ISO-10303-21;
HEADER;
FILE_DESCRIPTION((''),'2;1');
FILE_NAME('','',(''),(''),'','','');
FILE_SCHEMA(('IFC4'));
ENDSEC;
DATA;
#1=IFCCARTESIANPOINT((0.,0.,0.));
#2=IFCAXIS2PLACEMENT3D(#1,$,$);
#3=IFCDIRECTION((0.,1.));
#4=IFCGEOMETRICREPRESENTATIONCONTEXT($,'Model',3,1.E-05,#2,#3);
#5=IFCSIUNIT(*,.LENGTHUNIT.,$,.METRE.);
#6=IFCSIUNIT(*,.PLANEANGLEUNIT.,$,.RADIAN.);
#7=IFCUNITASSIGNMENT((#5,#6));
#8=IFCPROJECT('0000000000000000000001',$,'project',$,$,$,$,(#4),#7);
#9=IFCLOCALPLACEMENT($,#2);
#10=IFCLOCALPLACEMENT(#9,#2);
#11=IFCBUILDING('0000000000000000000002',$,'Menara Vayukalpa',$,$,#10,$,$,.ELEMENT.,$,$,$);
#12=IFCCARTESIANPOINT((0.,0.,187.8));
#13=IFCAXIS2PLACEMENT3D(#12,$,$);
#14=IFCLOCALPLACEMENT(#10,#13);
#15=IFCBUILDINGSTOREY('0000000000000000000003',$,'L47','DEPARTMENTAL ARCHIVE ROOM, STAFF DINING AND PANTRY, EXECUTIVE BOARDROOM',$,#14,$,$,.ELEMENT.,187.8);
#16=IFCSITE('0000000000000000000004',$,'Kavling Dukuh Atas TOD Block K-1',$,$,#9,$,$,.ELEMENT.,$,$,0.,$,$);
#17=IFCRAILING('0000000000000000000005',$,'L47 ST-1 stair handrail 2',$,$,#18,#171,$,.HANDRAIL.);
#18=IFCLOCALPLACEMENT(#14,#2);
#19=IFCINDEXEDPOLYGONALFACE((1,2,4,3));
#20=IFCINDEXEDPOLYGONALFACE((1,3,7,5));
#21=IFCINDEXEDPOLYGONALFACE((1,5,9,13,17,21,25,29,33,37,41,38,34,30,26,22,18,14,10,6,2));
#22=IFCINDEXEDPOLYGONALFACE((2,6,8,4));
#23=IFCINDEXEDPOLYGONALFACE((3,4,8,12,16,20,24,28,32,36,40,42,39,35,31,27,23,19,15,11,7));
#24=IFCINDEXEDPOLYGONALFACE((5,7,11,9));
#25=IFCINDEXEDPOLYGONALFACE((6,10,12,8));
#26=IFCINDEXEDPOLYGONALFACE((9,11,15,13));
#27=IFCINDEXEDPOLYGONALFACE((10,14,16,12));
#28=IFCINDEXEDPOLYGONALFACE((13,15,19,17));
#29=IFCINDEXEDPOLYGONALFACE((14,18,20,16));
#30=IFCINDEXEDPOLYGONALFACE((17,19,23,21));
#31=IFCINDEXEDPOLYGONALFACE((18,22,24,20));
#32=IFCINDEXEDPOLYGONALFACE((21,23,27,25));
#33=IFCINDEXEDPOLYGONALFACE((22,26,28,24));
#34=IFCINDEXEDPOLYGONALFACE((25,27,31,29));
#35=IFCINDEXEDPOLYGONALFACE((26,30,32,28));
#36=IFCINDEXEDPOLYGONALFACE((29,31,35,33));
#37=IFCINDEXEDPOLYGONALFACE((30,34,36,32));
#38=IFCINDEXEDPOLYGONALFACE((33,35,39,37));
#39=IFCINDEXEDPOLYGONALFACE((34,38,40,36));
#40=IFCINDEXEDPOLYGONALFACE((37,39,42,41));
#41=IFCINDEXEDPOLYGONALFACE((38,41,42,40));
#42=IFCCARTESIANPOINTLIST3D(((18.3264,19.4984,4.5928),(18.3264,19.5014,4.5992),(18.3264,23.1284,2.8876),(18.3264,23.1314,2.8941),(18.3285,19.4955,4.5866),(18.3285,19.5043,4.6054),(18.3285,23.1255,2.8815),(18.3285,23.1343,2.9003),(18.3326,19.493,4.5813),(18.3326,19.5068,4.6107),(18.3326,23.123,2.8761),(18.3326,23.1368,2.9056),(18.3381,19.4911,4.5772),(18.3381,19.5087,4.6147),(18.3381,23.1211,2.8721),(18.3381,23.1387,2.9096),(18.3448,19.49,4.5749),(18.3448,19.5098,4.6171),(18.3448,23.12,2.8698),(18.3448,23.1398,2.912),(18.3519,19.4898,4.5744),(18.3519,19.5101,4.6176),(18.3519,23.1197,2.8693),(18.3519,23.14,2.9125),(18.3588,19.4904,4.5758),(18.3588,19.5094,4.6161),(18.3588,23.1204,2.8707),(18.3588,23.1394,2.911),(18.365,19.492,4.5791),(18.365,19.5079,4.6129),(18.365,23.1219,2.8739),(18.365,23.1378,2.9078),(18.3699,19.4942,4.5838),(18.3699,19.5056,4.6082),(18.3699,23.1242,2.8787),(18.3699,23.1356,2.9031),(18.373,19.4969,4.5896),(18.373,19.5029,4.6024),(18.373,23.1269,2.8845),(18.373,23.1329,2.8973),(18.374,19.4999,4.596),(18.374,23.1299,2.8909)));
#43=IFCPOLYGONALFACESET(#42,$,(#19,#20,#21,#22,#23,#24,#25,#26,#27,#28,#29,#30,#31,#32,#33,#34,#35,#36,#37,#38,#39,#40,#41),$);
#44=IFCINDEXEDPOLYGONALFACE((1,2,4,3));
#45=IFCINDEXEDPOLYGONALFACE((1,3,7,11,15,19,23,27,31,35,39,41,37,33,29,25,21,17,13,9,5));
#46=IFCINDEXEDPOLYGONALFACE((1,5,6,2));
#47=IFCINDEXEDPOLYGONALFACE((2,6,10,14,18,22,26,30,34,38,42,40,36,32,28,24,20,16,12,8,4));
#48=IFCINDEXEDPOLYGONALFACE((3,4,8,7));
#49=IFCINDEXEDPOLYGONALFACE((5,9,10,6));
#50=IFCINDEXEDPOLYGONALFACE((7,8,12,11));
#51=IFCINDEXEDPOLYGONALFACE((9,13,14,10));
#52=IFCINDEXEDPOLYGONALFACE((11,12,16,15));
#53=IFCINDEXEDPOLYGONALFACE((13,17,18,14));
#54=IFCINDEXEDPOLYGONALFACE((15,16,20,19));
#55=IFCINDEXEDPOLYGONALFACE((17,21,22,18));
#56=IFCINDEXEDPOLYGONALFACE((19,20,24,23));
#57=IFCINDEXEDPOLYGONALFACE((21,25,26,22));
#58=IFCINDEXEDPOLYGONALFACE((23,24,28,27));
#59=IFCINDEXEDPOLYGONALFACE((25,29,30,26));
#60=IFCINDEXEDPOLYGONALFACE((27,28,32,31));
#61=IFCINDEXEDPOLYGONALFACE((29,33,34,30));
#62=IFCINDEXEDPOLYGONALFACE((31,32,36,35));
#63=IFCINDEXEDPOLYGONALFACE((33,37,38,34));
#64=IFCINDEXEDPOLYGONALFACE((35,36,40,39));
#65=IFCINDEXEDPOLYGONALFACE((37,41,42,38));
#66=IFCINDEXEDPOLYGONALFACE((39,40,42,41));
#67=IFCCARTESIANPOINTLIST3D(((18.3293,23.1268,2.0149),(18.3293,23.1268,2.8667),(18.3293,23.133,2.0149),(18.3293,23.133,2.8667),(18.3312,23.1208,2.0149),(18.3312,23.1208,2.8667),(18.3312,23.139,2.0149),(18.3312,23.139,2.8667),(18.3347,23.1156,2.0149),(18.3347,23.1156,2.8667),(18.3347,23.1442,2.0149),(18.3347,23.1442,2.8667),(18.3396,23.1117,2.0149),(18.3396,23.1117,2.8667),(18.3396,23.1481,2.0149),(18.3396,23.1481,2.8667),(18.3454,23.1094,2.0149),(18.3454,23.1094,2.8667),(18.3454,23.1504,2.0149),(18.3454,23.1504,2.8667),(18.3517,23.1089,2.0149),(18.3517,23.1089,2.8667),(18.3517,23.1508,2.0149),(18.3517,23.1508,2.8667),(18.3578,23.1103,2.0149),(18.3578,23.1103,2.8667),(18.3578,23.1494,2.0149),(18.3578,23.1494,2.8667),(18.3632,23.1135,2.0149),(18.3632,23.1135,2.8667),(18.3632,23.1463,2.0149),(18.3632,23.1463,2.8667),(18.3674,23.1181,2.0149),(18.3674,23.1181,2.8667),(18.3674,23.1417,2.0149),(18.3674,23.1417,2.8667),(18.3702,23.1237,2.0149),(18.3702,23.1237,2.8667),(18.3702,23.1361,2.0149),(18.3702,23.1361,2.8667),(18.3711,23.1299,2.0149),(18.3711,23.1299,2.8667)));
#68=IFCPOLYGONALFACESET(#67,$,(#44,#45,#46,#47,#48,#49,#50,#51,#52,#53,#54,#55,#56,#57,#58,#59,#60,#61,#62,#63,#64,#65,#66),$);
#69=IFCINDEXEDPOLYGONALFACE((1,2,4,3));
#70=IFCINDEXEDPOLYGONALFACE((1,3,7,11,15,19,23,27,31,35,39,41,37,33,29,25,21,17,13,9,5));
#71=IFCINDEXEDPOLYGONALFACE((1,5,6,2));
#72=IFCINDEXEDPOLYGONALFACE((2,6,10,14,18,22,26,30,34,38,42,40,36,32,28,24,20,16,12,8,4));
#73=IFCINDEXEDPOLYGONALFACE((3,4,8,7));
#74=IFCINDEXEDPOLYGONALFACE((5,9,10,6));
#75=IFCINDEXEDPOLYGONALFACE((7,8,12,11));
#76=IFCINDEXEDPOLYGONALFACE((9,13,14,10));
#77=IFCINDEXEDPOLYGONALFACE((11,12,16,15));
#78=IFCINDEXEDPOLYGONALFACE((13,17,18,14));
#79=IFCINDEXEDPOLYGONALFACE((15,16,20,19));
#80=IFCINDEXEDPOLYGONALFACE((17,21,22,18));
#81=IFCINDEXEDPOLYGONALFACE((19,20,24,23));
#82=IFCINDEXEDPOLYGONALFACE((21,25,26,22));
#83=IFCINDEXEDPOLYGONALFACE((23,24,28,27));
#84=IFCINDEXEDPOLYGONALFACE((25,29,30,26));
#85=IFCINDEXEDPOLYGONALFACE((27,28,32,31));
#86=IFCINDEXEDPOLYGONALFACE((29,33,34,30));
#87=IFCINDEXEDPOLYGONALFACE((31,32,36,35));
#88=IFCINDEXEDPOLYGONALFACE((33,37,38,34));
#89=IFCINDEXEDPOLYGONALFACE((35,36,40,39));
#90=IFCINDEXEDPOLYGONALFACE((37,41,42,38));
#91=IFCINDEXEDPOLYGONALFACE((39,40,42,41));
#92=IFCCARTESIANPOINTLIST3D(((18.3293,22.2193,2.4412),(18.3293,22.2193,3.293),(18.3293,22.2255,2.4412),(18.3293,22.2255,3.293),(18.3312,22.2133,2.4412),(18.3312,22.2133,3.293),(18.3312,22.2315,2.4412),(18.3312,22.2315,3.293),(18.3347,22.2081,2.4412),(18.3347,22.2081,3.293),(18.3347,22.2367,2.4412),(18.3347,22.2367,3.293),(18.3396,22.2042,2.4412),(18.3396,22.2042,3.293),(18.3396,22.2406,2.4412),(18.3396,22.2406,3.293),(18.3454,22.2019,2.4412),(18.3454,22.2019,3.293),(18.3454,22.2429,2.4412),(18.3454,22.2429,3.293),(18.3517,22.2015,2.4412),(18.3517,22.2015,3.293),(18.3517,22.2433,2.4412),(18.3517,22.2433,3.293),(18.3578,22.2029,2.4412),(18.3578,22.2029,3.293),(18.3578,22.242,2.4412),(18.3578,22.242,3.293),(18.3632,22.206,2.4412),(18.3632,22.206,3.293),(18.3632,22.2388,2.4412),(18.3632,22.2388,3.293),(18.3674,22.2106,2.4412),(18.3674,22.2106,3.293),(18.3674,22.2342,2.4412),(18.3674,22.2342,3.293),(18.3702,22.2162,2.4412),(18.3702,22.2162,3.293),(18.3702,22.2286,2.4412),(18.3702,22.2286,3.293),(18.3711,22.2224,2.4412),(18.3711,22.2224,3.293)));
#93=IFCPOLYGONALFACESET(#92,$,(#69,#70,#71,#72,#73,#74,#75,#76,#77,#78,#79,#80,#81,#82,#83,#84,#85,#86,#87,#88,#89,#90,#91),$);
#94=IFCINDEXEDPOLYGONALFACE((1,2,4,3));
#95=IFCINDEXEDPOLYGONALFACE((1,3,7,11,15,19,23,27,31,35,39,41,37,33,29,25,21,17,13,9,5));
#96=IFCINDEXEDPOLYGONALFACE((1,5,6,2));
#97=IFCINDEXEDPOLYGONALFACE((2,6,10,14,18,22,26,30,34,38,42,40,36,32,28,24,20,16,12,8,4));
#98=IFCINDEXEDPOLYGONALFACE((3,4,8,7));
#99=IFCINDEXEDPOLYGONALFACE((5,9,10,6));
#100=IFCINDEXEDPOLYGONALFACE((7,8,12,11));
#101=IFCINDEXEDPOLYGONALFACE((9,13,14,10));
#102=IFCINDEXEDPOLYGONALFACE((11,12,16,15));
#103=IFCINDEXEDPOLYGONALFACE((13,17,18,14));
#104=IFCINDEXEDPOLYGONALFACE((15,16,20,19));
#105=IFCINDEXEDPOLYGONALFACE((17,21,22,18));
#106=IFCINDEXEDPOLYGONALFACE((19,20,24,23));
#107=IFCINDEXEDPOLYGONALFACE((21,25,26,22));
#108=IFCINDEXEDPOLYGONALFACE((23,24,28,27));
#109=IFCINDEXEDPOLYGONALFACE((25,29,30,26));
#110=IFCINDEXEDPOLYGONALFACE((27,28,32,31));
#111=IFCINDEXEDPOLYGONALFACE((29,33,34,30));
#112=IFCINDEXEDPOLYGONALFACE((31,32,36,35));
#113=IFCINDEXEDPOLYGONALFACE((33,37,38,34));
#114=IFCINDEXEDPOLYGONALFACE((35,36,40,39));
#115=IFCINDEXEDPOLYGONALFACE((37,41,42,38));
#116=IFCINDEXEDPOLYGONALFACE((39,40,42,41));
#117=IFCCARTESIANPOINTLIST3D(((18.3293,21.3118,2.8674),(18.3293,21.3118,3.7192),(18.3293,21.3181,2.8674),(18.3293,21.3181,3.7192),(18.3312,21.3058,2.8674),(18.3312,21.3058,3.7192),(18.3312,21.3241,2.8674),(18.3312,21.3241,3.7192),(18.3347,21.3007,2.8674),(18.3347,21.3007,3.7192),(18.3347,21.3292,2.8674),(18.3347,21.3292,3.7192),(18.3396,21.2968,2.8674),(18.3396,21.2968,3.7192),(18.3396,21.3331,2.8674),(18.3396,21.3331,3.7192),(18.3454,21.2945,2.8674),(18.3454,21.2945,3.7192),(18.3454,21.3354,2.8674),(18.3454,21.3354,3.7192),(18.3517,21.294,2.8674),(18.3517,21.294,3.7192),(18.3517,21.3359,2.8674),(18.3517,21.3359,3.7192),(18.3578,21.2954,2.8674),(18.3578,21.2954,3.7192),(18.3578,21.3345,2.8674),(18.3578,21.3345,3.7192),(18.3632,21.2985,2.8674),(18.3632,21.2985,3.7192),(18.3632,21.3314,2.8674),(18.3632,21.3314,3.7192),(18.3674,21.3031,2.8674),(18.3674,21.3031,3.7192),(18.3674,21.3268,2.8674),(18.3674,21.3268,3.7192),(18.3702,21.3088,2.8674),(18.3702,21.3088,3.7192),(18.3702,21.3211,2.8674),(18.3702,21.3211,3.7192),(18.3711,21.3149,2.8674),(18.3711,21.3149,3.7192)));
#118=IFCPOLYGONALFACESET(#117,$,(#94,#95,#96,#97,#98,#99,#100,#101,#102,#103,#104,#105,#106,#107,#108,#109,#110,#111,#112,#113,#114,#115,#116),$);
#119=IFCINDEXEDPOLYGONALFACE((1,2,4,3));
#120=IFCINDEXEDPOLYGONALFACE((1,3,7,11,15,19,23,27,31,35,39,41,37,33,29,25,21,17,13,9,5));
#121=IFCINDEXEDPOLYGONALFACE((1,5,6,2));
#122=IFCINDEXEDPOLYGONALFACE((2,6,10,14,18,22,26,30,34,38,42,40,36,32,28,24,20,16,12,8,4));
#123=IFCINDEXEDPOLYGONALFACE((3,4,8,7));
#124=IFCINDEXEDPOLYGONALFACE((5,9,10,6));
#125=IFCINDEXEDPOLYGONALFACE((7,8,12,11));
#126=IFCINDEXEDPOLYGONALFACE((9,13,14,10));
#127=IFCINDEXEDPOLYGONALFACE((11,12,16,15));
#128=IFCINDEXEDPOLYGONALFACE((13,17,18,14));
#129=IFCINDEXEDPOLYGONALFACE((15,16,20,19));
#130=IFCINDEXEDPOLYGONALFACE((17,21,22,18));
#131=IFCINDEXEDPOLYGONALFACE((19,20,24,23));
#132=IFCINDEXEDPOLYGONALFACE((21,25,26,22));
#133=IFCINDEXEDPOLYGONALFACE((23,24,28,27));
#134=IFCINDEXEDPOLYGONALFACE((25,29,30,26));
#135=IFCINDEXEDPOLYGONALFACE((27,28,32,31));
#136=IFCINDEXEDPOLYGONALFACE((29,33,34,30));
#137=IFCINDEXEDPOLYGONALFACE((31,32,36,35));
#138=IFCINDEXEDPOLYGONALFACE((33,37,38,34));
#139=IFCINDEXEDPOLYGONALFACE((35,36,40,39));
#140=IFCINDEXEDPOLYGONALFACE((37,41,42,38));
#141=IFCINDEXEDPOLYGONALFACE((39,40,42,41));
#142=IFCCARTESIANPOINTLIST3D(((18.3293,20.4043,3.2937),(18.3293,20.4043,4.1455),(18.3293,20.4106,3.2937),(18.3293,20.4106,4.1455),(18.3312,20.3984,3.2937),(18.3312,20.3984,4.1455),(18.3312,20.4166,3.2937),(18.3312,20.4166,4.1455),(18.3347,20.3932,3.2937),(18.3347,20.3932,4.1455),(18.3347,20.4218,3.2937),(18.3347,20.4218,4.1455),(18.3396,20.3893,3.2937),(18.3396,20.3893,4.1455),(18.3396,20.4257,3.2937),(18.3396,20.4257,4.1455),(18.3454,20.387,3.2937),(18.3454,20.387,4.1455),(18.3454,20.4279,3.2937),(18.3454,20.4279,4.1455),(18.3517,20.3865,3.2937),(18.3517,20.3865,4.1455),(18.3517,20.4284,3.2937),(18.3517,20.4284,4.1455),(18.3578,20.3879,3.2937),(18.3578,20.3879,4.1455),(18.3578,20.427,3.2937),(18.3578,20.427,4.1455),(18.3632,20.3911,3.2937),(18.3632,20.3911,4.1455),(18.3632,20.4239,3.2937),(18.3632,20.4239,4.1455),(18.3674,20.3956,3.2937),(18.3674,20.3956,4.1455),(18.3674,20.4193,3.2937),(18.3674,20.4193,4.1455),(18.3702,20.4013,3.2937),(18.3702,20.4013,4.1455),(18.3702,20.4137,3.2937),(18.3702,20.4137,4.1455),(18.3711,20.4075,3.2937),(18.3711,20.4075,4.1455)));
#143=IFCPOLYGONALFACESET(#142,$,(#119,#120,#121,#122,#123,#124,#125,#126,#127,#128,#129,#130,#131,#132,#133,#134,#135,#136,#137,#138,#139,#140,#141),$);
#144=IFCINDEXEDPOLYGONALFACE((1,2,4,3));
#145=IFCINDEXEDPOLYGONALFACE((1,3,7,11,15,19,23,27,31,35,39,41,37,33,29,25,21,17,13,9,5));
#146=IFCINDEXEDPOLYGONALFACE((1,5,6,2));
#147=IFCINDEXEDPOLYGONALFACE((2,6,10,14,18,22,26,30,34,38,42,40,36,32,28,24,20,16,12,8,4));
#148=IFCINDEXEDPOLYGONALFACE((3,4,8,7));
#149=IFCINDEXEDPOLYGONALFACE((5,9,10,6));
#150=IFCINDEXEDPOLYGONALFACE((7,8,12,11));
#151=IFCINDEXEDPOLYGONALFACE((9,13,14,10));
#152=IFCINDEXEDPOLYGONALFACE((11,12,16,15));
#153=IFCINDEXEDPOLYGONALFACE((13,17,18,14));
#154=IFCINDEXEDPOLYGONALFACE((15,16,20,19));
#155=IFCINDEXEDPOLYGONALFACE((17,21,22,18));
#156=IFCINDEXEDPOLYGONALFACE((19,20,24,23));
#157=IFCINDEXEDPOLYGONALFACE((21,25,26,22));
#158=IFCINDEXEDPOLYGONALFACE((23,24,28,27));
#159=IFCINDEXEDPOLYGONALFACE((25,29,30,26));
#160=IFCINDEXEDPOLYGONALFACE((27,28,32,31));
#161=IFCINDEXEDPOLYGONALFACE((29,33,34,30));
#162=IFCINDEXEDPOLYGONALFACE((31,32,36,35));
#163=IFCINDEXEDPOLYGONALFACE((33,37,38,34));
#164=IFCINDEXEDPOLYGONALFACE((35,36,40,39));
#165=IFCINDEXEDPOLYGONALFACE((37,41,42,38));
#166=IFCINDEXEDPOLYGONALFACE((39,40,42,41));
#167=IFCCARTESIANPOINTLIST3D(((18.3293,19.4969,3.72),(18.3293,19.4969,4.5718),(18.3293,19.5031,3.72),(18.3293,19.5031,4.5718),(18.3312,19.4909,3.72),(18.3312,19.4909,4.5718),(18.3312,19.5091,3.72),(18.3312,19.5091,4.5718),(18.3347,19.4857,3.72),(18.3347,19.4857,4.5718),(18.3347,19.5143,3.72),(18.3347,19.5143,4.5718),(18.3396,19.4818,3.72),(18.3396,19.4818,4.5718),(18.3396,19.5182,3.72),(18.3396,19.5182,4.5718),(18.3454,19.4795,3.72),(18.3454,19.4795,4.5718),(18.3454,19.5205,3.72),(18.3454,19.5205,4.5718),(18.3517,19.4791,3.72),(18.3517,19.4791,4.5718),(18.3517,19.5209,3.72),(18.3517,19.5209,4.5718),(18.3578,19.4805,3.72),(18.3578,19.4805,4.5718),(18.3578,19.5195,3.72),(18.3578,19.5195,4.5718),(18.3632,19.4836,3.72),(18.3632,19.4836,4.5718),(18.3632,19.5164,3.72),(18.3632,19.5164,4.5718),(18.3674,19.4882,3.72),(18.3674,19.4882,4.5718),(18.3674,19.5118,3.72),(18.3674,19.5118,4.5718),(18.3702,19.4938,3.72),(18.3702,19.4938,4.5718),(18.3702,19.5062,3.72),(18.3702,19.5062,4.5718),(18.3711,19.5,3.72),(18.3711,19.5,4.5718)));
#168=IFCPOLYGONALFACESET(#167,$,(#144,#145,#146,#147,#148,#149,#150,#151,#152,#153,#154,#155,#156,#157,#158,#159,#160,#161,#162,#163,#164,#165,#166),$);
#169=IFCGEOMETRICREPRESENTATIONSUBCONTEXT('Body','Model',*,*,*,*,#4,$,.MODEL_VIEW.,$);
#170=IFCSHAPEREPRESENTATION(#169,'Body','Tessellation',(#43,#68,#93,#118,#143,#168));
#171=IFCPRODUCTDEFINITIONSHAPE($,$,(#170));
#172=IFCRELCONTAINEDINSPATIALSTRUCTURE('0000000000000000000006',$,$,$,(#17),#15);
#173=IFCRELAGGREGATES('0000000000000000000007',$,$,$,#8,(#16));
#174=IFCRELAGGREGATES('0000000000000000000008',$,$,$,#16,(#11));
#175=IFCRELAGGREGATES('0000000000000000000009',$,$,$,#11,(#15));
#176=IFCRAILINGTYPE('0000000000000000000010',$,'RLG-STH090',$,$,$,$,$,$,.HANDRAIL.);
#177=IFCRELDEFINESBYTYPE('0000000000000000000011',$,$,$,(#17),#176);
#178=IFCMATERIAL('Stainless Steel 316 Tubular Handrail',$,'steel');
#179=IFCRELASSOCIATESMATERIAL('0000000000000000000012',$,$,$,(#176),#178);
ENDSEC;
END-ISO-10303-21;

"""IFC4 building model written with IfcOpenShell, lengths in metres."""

from ifc_helpers import new_model, si_unit, direction, frame, origin, origin_2d, place, context, subcontext, project, spatial, circle, extrude, material, type_object, element, save


model = new_model("IFC4")

# Units and contexts
model_context = context("Model", 3, precision=1e-05, world=origin(), true_north=direction((0.0, 1.0)))
body_context = subcontext(model_context, "Body", "Model", "MODEL_VIEW")
ifc_project = project(units=[si_unit("LENGTHUNIT", "METRE"), si_unit("PLANEANGLEUNIT", "RADIAN")], contexts=[model_context])

# Site, building, storey
site_placement = place(None, origin())
site = spatial("IfcSite", under=ifc_project, at=site_placement, Name="Kavling Dukuh Atas TOD Block K-1", CompositionType="ELEMENT", RefElevation=0.0)
building_placement = place(site_placement, origin())
building = spatial("IfcBuilding", under=site, at=building_placement, Name="Menara Vayukalpa", CompositionType="ELEMENT")
storey_placement = place(building_placement, frame((0.0, 0.0, 187.8)))
storey = spatial("IfcBuildingStorey", under=building, at=storey_placement, Name="L47", Description="DEPARTMENTAL ARCHIVE ROOM, STAFF DINING AND PANTRY, EXECUTIVE BOARDROOM", CompositionType="ELEMENT", Elevation=187.8)

# Railing
ifc_material_1 = material(Name="Stainless Steel 316 Tubular Handrail", Category="steel")
railing_type_1 = type_object("IfcRailingType", Name="RLG-STH090", PredefinedType="HANDRAIL", material=ifc_material_1)
railing_1_placement = place(storey_placement, frame((18.3501, 23.1299, 2.0149)))
element("IfcRailing", 1, at=railing_1_placement, inside=storey, type_object=railing_type_1, Name="L47 ST-1 stair handrail 2", PredefinedType="HANDRAIL", context=body_context, shape_type="SweptSolid", body=[
    extrude(circle(Radius=0.0239, at=origin_2d()), frame((0.0, 0.0, 0.876), z_axis=(0.0, -0.905116, 0.425164), x_axis=(1.0, 0.0, 0.0)), (0.0, 0.0, 1.0), 4.0105),
    extrude(circle(Radius=0.021, at=origin_2d()), origin(), (0.0, 0.0, 1.0), 0.8518),
    extrude(circle(Radius=0.021, at=origin_2d()), frame((0.0, -0.9075, 0.4263)), (0.0, 0.0, 1.0), 0.8518),
    extrude(circle(Radius=0.021, at=origin_2d()), frame((0.0, -1.8149, 0.8525)), (0.0, 0.0, 1.0), 0.8518),
    extrude(circle(Radius=0.021, at=origin_2d()), frame((0.0, -2.7224, 1.2788)), (0.0, 0.0, 1.0), 0.8518),
    extrude(circle(Radius=0.021, at=origin_2d()), frame((0.0, -3.6299, 1.7051)), (0.0, 0.0, 1.0), 0.8518),
])

save(model, "model.ifc")
